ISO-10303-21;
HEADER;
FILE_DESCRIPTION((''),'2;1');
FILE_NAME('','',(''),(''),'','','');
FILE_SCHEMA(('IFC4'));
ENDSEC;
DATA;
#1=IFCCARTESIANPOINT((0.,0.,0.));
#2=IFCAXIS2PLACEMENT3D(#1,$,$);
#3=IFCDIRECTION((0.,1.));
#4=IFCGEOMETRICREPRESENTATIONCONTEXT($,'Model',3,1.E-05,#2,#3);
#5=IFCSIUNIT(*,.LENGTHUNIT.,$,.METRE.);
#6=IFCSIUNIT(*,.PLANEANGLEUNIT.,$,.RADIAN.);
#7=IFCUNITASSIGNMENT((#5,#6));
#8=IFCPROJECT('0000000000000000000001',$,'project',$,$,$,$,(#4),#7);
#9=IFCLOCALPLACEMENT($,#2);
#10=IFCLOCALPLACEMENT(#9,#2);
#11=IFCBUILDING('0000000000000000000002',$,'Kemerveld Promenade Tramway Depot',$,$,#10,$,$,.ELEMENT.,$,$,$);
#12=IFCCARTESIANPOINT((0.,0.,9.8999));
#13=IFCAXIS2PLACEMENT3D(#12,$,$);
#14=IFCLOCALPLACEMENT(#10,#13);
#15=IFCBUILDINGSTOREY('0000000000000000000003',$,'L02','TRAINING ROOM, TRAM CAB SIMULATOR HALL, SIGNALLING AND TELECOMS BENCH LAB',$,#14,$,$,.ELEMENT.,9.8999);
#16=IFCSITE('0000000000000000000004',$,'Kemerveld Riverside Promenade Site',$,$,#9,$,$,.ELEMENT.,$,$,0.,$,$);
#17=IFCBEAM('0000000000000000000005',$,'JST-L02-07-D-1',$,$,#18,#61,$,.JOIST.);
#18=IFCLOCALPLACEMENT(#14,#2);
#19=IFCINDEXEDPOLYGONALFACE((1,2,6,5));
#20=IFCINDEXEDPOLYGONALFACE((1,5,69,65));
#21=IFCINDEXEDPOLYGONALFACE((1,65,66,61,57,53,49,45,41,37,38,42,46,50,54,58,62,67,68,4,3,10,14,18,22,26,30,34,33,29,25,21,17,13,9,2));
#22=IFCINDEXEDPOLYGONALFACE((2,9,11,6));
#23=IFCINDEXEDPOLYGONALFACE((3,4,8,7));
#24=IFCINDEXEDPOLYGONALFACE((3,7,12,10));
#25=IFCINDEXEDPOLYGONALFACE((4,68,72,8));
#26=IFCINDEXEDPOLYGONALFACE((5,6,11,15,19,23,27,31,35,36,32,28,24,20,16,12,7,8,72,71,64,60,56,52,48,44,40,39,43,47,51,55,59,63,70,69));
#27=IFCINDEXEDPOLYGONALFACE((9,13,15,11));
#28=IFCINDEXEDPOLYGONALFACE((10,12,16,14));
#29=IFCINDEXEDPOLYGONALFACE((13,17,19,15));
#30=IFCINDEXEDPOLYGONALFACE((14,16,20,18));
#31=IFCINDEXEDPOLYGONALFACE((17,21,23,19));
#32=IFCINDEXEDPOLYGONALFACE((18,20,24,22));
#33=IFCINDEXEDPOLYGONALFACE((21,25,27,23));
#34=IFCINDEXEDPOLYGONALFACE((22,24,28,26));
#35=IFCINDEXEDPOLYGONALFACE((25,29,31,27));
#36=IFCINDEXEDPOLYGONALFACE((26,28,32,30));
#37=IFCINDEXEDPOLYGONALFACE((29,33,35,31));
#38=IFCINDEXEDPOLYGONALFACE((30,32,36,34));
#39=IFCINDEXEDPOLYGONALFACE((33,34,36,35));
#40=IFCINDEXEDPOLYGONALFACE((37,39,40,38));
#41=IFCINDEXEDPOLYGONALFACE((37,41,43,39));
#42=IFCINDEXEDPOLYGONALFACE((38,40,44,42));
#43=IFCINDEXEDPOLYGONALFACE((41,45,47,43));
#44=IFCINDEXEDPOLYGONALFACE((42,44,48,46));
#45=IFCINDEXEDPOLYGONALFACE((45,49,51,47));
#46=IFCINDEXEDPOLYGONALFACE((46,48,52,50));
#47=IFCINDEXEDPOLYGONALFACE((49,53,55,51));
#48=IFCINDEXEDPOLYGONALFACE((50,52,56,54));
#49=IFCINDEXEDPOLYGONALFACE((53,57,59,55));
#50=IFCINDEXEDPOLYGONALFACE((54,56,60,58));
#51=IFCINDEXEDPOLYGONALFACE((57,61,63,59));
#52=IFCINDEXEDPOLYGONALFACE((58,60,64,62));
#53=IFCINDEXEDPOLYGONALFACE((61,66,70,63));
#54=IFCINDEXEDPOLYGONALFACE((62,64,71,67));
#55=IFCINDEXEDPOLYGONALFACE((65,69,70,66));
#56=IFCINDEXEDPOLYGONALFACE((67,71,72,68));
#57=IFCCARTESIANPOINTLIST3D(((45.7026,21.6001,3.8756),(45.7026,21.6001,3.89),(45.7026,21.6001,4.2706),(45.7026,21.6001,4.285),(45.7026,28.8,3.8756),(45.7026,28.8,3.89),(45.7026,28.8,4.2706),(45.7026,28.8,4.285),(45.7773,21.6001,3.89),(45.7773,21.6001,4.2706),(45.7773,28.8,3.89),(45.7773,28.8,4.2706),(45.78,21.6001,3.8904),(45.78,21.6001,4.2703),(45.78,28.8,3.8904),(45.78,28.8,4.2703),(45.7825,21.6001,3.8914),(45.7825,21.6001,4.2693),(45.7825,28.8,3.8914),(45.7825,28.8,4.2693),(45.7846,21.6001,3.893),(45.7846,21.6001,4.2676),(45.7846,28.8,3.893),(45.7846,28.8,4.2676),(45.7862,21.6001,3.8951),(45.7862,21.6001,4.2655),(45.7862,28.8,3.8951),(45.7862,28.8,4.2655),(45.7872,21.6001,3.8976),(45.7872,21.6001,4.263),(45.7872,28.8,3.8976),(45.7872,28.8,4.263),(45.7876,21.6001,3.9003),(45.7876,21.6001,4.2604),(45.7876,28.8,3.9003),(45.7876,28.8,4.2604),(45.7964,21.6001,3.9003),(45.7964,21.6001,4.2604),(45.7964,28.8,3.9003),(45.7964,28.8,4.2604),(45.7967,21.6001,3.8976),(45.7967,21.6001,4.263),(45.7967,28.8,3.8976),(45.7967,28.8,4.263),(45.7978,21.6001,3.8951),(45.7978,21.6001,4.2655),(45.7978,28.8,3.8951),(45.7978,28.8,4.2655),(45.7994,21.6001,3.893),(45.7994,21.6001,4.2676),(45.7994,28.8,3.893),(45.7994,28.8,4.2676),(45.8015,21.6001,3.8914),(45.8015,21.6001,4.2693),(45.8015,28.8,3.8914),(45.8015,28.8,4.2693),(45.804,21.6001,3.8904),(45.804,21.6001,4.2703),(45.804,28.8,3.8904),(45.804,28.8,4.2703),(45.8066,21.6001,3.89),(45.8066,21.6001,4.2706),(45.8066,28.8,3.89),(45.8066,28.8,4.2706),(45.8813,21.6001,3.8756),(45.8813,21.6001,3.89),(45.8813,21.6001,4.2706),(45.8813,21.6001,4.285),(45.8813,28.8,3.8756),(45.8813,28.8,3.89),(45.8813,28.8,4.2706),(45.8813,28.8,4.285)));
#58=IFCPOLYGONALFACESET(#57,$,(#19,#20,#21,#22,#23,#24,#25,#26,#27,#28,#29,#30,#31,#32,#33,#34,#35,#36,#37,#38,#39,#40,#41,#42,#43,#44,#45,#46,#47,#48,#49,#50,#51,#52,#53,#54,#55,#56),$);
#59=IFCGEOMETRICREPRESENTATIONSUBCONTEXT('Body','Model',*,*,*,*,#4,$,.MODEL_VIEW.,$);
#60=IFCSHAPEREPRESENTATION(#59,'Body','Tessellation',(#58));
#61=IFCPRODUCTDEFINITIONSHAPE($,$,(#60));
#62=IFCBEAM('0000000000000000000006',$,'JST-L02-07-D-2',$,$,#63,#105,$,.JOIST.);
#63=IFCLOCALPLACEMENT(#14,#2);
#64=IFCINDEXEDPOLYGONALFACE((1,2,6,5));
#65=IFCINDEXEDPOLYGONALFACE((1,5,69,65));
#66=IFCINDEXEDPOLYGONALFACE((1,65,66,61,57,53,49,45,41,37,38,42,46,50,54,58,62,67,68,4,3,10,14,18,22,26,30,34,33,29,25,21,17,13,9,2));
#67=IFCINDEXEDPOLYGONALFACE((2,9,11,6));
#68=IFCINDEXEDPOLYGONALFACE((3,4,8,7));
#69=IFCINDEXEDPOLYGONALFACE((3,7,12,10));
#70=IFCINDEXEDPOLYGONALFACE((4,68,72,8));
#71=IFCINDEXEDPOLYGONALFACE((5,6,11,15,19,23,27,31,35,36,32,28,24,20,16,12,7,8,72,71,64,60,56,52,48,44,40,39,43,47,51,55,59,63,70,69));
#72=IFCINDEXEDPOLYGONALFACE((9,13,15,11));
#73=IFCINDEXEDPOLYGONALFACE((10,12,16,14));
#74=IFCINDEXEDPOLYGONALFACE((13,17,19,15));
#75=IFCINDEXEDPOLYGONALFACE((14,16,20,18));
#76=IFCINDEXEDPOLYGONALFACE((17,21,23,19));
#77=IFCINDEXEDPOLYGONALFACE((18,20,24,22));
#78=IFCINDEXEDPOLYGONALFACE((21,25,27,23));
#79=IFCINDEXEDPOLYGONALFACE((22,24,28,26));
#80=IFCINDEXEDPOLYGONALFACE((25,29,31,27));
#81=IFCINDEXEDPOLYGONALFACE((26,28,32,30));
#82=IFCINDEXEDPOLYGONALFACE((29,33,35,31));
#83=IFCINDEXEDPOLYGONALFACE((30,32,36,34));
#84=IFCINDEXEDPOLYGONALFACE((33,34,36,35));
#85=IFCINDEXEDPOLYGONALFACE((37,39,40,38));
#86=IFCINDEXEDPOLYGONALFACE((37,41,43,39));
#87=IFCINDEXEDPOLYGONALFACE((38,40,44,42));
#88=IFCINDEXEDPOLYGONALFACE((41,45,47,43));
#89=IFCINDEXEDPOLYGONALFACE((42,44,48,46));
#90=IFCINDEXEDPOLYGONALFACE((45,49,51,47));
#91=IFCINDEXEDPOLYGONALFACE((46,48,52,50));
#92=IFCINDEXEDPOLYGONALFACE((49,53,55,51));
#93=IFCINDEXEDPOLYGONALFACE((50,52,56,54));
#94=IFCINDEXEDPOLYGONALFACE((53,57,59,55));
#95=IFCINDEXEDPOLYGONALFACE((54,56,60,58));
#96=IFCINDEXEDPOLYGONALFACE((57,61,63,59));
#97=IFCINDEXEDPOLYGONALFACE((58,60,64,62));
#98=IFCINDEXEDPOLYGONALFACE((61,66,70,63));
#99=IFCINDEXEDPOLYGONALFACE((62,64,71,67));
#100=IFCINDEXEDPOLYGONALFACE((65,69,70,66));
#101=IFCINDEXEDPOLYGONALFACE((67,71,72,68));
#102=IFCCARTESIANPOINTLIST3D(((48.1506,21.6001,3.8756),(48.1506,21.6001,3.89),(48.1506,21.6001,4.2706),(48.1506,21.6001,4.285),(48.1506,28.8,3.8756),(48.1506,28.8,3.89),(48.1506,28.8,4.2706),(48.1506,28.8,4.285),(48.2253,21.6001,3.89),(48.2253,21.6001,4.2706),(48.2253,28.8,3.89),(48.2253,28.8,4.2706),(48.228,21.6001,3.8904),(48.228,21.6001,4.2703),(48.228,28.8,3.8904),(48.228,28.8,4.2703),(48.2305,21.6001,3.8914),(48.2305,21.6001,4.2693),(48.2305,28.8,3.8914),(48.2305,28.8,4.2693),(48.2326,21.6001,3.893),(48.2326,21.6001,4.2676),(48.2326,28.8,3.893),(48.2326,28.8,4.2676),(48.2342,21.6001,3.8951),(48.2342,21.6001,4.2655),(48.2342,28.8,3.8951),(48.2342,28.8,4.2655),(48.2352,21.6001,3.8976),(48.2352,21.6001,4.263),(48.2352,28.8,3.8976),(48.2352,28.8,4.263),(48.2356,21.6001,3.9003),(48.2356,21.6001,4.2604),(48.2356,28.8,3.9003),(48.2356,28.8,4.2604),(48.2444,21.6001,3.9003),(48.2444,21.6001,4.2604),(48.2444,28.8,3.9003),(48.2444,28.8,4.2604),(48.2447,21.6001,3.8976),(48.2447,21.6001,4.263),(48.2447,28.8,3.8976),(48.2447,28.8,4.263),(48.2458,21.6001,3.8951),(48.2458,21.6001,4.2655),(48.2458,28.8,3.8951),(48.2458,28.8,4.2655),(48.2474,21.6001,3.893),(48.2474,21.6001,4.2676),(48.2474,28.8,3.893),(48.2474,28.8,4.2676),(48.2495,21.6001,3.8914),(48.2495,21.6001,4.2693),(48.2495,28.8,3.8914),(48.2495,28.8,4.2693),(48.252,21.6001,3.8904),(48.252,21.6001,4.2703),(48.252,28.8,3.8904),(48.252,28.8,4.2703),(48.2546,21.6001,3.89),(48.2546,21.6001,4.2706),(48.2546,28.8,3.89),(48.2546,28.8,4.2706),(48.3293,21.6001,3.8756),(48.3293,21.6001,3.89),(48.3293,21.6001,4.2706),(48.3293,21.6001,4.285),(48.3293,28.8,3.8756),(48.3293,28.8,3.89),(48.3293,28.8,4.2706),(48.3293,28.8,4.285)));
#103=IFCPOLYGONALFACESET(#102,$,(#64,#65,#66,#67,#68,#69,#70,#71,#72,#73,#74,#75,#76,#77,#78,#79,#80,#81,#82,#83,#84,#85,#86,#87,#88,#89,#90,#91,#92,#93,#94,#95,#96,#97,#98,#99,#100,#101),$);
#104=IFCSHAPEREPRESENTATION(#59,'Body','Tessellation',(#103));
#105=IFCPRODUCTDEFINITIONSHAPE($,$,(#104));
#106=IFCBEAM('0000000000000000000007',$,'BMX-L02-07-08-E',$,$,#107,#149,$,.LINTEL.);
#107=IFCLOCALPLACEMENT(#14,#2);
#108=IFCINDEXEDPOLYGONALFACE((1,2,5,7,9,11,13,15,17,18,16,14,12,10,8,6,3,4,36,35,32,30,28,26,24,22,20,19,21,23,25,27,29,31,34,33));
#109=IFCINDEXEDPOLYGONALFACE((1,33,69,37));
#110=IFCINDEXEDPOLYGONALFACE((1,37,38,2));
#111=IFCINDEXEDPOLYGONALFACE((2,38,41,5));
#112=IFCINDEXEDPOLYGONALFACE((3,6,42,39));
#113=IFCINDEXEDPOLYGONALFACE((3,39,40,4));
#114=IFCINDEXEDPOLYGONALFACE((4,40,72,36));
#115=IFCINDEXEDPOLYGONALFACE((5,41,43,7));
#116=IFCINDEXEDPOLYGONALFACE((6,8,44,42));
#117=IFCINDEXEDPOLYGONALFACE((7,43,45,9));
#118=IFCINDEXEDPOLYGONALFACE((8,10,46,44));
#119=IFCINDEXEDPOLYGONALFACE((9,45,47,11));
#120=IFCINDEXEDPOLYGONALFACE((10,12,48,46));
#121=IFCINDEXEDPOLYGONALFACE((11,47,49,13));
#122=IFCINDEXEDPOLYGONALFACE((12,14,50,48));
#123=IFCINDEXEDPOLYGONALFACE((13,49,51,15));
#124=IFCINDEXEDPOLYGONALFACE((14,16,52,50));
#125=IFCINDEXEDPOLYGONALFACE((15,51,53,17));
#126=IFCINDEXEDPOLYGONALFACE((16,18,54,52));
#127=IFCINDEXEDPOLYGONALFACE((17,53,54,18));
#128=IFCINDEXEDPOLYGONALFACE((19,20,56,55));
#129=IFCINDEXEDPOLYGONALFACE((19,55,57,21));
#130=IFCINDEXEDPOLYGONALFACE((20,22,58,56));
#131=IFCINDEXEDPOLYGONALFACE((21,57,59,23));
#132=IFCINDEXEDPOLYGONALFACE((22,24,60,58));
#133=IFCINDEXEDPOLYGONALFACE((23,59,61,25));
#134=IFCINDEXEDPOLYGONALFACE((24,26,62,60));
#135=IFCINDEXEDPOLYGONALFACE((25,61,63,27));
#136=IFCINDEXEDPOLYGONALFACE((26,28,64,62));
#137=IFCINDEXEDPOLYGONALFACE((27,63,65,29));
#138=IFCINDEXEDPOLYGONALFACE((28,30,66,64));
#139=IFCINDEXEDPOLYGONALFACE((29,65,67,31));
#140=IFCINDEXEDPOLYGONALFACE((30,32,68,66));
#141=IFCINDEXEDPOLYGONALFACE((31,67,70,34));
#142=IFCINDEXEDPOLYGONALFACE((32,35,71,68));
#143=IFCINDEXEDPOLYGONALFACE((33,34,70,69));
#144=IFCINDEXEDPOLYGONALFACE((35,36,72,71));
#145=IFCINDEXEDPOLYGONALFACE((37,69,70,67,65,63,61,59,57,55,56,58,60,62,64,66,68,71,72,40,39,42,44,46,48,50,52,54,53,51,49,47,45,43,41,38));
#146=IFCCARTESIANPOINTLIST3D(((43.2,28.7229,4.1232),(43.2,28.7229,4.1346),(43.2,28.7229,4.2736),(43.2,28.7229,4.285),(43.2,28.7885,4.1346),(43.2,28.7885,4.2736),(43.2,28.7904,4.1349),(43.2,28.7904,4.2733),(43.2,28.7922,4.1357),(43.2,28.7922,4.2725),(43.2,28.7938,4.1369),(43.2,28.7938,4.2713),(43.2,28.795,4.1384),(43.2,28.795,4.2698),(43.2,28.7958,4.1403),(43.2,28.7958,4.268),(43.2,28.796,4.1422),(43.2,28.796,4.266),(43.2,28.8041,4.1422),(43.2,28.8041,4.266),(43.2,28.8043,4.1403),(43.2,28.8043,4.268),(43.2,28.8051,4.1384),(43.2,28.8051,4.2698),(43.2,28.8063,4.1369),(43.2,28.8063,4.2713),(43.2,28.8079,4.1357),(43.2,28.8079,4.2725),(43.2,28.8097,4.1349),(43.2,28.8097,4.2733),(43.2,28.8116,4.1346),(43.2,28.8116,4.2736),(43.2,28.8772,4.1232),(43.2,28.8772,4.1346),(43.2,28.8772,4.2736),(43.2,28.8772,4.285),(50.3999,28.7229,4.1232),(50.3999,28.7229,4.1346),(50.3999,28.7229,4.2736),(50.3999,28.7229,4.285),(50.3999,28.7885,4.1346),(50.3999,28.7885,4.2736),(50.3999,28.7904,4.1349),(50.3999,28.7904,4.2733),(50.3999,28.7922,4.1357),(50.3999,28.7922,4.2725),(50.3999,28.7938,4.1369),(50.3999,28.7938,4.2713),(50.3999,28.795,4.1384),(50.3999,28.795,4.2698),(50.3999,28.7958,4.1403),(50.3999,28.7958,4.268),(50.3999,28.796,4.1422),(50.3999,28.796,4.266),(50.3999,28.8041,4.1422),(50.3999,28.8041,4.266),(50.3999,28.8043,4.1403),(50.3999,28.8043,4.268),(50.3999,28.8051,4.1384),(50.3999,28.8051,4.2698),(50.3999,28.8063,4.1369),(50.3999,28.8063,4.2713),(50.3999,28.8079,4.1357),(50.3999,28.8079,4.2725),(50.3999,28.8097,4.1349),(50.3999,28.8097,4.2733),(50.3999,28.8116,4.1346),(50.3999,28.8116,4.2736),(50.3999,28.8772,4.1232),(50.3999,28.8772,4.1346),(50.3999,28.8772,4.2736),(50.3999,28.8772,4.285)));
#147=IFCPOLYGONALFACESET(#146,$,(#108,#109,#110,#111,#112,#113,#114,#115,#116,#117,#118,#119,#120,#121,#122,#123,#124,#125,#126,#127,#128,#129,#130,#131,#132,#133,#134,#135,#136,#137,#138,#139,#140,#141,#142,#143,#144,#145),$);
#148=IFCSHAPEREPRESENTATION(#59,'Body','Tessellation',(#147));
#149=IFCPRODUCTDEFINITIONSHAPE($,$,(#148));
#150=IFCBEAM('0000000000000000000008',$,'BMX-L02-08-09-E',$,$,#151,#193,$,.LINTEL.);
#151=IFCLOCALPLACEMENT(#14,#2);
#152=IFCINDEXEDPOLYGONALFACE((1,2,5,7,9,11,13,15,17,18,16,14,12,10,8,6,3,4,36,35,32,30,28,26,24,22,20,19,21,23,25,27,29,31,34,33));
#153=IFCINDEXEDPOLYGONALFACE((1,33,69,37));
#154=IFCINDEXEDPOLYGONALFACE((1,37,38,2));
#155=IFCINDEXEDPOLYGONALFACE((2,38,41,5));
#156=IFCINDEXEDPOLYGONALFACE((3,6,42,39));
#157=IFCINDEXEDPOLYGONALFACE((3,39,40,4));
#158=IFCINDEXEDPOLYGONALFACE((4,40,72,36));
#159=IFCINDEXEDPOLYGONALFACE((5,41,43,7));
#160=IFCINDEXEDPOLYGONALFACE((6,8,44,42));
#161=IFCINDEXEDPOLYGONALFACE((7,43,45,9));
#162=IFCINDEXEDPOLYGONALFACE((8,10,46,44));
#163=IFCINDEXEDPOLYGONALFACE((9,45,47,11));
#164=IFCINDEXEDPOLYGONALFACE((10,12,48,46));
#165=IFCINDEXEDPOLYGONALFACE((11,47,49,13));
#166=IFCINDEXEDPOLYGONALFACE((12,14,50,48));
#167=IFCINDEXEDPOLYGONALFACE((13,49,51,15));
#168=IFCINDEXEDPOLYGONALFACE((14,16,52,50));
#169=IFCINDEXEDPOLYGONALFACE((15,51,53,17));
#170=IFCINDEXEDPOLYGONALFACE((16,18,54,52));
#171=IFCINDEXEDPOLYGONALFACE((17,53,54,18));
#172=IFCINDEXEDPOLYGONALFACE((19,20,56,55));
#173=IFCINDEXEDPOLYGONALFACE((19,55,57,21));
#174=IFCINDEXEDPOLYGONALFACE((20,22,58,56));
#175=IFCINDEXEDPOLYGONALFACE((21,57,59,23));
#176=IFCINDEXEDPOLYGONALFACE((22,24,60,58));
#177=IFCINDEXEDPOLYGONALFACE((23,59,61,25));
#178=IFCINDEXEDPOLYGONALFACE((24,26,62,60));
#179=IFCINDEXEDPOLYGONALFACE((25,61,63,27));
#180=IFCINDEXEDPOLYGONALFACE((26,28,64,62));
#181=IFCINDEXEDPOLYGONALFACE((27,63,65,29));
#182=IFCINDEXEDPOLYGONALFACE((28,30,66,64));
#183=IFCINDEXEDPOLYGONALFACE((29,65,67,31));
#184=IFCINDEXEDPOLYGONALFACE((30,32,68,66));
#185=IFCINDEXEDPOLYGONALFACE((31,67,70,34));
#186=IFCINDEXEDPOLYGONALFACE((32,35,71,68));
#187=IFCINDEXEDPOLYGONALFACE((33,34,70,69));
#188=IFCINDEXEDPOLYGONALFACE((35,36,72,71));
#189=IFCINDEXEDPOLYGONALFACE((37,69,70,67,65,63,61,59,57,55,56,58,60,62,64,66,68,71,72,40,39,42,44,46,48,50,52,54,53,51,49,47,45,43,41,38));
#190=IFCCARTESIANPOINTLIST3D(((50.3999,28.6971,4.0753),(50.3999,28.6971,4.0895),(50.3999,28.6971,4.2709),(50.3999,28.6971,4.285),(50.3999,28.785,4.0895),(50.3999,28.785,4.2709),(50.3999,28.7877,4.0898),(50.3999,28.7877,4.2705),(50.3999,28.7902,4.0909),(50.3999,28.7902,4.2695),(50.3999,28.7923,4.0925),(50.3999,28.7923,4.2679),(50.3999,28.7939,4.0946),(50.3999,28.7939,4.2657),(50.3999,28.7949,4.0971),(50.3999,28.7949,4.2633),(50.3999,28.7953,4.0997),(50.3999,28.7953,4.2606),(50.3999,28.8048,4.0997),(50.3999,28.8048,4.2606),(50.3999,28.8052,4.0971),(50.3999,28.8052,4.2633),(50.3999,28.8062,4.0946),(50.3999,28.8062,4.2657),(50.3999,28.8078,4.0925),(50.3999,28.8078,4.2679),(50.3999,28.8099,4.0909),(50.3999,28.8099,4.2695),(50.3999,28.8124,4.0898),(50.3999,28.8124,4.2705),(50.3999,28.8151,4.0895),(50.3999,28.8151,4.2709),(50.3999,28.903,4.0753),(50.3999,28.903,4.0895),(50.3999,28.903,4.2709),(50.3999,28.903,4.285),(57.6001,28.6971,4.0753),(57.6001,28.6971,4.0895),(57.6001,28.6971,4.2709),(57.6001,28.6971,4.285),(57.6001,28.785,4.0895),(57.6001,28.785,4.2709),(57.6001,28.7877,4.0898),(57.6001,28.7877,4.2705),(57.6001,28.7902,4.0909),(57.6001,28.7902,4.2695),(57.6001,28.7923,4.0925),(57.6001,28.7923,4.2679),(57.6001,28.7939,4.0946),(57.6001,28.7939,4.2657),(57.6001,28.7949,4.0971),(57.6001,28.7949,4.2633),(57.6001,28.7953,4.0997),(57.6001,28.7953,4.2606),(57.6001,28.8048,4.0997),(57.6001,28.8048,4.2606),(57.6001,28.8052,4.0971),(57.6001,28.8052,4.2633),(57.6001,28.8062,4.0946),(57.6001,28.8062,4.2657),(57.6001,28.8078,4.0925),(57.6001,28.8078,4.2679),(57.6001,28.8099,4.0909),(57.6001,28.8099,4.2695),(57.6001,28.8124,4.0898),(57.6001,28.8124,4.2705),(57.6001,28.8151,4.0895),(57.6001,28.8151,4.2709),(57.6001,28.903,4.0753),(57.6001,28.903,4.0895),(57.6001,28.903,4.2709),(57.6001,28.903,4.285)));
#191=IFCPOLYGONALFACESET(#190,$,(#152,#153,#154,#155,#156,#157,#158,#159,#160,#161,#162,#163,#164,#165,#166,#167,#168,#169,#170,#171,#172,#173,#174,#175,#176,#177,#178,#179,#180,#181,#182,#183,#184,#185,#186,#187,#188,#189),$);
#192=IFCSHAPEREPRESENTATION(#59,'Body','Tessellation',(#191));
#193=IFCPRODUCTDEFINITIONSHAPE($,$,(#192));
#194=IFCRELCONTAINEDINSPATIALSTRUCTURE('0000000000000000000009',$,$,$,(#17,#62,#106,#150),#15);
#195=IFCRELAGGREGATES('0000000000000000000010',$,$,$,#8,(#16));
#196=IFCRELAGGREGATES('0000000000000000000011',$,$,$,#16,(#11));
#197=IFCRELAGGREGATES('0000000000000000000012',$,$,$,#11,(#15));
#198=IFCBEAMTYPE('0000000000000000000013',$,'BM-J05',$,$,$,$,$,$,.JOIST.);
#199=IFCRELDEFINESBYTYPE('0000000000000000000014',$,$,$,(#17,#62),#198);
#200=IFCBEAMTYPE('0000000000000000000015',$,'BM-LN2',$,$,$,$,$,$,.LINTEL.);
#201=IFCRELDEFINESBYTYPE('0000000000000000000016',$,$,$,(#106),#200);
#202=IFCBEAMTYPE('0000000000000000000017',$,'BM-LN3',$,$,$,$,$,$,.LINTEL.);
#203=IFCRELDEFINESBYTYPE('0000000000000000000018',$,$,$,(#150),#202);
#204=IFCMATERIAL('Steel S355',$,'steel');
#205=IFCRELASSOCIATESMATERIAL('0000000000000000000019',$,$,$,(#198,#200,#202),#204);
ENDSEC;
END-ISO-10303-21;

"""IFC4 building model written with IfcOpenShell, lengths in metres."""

from ifc_helpers import new_model, si_unit, direction, frame, origin, origin_2d, place, context, subcontext, project, spatial, i_section, extrude, material, material_profile, profile_set, type_object, element, save


model = new_model("IFC4")

# Units and contexts
model_context = context("Model", 3, precision=1e-05, world=origin(), true_north=direction((0.0, 1.0)))
body_context = subcontext(model_context, "Body", "Model", "MODEL_VIEW")
ifc_project = project(units=[si_unit("LENGTHUNIT", "METRE"), si_unit("PLANEANGLEUNIT", "RADIAN")], contexts=[model_context])

# Site, building, storey
site_placement = place(None, origin())
site = spatial("IfcSite", under=ifc_project, at=site_placement, Name="Kemerveld Riverside Promenade Site", CompositionType="ELEMENT", RefElevation=0.0)
building_placement = place(site_placement, origin())
building = spatial("IfcBuilding", under=site, at=building_placement, Name="Kemerveld Promenade Tramway Depot", CompositionType="ELEMENT")
storey_placement = place(building_placement, frame((0.0, 0.0, 9.8999)))
storey = spatial("IfcBuildingStorey", under=building, at=storey_placement, Name="L02", Description="TRAINING ROOM, TRAM CAB SIMULATOR HALL, SIGNALLING AND TELECOMS BENCH LAB", CompositionType="ELEMENT", Elevation=9.8999)

# Shared definitions
ifc_material_1 = material(Name="Steel S355", Category="steel")

# Beams
ifc_material_profile_1 = material_profile(ifc_material_1, i_section(OverallWidth=0.1787, OverallDepth=0.4094, WebThickness=0.0088, FlangeThickness=0.0144, FilletRadius=0.0103, at=origin_2d()), Name="406x178x67 UB")
ifc_profile_set_1 = profile_set([ifc_material_profile_1], Name="Steel S355")
beam_type_1 = type_object("IfcBeamType", Name="BM-J05", PredefinedType="JOIST", material=ifc_profile_set_1)
for number, where, z_axis, x_axis, name in (
    (1, (45.792, 21.6001, 4.0803), (0.0, 1.0, 0.0), (-1.0, 0.0, 0.0), "JST-L02-07-D-1"),
    (2, (48.24, 21.6001, 4.0803), (0.0, 1.0, 0.0), (-1.0, 0.0, 0.0), "JST-L02-07-D-2"),
):
    element("IfcBeam", number, at=place(storey_placement, frame(where, z_axis=z_axis, x_axis=x_axis)), inside=storey, type_object=beam_type_1, Name=name, PredefinedType="JOIST", context=body_context, shape_type="SweptSolid", body=[
        extrude(i_section(OverallWidth=0.1787, OverallDepth=0.4094, WebThickness=0.0088, FlangeThickness=0.0144, FilletRadius=0.0103, at=origin_2d()), origin(), (0.0, 0.0, 1.0), 7.2),
    ])
ifc_material_profile_2 = material_profile(ifc_material_1, i_section(OverallWidth=0.1543, OverallDepth=0.1619, WebThickness=0.0081, FlangeThickness=0.0115, FilletRadius=0.0076, at=origin_2d()), Name="152x152x37 UC")
ifc_profile_set_2 = profile_set([ifc_material_profile_2], Name="Steel S355")
beam_type_2 = type_object("IfcBeamType", Name="BM-LN2", PredefinedType="LINTEL", material=ifc_profile_set_2)
beam_1_placement = place(storey_placement, frame((43.2, 28.8, 4.2041), z_axis=(1.0, 0.0, 0.0), x_axis=(0.0, 1.0, 0.0)))
element("IfcBeam", 3, at=beam_1_placement, inside=storey, type_object=beam_type_2, Name="BMX-L02-07-08-E", PredefinedType="LINTEL", context=body_context, shape_type="SweptSolid", body=[
    extrude(i_section(OverallWidth=0.1543, OverallDepth=0.1619, WebThickness=0.0081, FlangeThickness=0.0115, FilletRadius=0.0076, at=origin_2d()), origin(), (0.0, 0.0, 1.0), 7.2),
])
ifc_material_profile_3 = material_profile(ifc_material_1, i_section(OverallWidth=0.2058, OverallDepth=0.2097, WebThickness=0.0095, FlangeThickness=0.0142, FilletRadius=0.0103, at=origin_2d()), Name="203x203x60 UC")
ifc_profile_set_3 = profile_set([ifc_material_profile_3], Name="Steel S355")
beam_type_3 = type_object("IfcBeamType", Name="BM-LN3", PredefinedType="LINTEL", material=ifc_profile_set_3)
beam_2_placement = place(storey_placement, frame((50.3999, 28.8, 4.1802), z_axis=(1.0, 0.0, 0.0), x_axis=(0.0, 1.0, 0.0)))
element("IfcBeam", 4, at=beam_2_placement, inside=storey, type_object=beam_type_3, Name="BMX-L02-08-09-E", PredefinedType="LINTEL", context=body_context, shape_type="SweptSolid", body=[
    extrude(i_section(OverallWidth=0.2058, OverallDepth=0.2097, WebThickness=0.0095, FlangeThickness=0.0142, FilletRadius=0.0103, at=origin_2d()), origin(), (0.0, 0.0, 1.0), 7.2002),
])

save(model, "model.ifc")
